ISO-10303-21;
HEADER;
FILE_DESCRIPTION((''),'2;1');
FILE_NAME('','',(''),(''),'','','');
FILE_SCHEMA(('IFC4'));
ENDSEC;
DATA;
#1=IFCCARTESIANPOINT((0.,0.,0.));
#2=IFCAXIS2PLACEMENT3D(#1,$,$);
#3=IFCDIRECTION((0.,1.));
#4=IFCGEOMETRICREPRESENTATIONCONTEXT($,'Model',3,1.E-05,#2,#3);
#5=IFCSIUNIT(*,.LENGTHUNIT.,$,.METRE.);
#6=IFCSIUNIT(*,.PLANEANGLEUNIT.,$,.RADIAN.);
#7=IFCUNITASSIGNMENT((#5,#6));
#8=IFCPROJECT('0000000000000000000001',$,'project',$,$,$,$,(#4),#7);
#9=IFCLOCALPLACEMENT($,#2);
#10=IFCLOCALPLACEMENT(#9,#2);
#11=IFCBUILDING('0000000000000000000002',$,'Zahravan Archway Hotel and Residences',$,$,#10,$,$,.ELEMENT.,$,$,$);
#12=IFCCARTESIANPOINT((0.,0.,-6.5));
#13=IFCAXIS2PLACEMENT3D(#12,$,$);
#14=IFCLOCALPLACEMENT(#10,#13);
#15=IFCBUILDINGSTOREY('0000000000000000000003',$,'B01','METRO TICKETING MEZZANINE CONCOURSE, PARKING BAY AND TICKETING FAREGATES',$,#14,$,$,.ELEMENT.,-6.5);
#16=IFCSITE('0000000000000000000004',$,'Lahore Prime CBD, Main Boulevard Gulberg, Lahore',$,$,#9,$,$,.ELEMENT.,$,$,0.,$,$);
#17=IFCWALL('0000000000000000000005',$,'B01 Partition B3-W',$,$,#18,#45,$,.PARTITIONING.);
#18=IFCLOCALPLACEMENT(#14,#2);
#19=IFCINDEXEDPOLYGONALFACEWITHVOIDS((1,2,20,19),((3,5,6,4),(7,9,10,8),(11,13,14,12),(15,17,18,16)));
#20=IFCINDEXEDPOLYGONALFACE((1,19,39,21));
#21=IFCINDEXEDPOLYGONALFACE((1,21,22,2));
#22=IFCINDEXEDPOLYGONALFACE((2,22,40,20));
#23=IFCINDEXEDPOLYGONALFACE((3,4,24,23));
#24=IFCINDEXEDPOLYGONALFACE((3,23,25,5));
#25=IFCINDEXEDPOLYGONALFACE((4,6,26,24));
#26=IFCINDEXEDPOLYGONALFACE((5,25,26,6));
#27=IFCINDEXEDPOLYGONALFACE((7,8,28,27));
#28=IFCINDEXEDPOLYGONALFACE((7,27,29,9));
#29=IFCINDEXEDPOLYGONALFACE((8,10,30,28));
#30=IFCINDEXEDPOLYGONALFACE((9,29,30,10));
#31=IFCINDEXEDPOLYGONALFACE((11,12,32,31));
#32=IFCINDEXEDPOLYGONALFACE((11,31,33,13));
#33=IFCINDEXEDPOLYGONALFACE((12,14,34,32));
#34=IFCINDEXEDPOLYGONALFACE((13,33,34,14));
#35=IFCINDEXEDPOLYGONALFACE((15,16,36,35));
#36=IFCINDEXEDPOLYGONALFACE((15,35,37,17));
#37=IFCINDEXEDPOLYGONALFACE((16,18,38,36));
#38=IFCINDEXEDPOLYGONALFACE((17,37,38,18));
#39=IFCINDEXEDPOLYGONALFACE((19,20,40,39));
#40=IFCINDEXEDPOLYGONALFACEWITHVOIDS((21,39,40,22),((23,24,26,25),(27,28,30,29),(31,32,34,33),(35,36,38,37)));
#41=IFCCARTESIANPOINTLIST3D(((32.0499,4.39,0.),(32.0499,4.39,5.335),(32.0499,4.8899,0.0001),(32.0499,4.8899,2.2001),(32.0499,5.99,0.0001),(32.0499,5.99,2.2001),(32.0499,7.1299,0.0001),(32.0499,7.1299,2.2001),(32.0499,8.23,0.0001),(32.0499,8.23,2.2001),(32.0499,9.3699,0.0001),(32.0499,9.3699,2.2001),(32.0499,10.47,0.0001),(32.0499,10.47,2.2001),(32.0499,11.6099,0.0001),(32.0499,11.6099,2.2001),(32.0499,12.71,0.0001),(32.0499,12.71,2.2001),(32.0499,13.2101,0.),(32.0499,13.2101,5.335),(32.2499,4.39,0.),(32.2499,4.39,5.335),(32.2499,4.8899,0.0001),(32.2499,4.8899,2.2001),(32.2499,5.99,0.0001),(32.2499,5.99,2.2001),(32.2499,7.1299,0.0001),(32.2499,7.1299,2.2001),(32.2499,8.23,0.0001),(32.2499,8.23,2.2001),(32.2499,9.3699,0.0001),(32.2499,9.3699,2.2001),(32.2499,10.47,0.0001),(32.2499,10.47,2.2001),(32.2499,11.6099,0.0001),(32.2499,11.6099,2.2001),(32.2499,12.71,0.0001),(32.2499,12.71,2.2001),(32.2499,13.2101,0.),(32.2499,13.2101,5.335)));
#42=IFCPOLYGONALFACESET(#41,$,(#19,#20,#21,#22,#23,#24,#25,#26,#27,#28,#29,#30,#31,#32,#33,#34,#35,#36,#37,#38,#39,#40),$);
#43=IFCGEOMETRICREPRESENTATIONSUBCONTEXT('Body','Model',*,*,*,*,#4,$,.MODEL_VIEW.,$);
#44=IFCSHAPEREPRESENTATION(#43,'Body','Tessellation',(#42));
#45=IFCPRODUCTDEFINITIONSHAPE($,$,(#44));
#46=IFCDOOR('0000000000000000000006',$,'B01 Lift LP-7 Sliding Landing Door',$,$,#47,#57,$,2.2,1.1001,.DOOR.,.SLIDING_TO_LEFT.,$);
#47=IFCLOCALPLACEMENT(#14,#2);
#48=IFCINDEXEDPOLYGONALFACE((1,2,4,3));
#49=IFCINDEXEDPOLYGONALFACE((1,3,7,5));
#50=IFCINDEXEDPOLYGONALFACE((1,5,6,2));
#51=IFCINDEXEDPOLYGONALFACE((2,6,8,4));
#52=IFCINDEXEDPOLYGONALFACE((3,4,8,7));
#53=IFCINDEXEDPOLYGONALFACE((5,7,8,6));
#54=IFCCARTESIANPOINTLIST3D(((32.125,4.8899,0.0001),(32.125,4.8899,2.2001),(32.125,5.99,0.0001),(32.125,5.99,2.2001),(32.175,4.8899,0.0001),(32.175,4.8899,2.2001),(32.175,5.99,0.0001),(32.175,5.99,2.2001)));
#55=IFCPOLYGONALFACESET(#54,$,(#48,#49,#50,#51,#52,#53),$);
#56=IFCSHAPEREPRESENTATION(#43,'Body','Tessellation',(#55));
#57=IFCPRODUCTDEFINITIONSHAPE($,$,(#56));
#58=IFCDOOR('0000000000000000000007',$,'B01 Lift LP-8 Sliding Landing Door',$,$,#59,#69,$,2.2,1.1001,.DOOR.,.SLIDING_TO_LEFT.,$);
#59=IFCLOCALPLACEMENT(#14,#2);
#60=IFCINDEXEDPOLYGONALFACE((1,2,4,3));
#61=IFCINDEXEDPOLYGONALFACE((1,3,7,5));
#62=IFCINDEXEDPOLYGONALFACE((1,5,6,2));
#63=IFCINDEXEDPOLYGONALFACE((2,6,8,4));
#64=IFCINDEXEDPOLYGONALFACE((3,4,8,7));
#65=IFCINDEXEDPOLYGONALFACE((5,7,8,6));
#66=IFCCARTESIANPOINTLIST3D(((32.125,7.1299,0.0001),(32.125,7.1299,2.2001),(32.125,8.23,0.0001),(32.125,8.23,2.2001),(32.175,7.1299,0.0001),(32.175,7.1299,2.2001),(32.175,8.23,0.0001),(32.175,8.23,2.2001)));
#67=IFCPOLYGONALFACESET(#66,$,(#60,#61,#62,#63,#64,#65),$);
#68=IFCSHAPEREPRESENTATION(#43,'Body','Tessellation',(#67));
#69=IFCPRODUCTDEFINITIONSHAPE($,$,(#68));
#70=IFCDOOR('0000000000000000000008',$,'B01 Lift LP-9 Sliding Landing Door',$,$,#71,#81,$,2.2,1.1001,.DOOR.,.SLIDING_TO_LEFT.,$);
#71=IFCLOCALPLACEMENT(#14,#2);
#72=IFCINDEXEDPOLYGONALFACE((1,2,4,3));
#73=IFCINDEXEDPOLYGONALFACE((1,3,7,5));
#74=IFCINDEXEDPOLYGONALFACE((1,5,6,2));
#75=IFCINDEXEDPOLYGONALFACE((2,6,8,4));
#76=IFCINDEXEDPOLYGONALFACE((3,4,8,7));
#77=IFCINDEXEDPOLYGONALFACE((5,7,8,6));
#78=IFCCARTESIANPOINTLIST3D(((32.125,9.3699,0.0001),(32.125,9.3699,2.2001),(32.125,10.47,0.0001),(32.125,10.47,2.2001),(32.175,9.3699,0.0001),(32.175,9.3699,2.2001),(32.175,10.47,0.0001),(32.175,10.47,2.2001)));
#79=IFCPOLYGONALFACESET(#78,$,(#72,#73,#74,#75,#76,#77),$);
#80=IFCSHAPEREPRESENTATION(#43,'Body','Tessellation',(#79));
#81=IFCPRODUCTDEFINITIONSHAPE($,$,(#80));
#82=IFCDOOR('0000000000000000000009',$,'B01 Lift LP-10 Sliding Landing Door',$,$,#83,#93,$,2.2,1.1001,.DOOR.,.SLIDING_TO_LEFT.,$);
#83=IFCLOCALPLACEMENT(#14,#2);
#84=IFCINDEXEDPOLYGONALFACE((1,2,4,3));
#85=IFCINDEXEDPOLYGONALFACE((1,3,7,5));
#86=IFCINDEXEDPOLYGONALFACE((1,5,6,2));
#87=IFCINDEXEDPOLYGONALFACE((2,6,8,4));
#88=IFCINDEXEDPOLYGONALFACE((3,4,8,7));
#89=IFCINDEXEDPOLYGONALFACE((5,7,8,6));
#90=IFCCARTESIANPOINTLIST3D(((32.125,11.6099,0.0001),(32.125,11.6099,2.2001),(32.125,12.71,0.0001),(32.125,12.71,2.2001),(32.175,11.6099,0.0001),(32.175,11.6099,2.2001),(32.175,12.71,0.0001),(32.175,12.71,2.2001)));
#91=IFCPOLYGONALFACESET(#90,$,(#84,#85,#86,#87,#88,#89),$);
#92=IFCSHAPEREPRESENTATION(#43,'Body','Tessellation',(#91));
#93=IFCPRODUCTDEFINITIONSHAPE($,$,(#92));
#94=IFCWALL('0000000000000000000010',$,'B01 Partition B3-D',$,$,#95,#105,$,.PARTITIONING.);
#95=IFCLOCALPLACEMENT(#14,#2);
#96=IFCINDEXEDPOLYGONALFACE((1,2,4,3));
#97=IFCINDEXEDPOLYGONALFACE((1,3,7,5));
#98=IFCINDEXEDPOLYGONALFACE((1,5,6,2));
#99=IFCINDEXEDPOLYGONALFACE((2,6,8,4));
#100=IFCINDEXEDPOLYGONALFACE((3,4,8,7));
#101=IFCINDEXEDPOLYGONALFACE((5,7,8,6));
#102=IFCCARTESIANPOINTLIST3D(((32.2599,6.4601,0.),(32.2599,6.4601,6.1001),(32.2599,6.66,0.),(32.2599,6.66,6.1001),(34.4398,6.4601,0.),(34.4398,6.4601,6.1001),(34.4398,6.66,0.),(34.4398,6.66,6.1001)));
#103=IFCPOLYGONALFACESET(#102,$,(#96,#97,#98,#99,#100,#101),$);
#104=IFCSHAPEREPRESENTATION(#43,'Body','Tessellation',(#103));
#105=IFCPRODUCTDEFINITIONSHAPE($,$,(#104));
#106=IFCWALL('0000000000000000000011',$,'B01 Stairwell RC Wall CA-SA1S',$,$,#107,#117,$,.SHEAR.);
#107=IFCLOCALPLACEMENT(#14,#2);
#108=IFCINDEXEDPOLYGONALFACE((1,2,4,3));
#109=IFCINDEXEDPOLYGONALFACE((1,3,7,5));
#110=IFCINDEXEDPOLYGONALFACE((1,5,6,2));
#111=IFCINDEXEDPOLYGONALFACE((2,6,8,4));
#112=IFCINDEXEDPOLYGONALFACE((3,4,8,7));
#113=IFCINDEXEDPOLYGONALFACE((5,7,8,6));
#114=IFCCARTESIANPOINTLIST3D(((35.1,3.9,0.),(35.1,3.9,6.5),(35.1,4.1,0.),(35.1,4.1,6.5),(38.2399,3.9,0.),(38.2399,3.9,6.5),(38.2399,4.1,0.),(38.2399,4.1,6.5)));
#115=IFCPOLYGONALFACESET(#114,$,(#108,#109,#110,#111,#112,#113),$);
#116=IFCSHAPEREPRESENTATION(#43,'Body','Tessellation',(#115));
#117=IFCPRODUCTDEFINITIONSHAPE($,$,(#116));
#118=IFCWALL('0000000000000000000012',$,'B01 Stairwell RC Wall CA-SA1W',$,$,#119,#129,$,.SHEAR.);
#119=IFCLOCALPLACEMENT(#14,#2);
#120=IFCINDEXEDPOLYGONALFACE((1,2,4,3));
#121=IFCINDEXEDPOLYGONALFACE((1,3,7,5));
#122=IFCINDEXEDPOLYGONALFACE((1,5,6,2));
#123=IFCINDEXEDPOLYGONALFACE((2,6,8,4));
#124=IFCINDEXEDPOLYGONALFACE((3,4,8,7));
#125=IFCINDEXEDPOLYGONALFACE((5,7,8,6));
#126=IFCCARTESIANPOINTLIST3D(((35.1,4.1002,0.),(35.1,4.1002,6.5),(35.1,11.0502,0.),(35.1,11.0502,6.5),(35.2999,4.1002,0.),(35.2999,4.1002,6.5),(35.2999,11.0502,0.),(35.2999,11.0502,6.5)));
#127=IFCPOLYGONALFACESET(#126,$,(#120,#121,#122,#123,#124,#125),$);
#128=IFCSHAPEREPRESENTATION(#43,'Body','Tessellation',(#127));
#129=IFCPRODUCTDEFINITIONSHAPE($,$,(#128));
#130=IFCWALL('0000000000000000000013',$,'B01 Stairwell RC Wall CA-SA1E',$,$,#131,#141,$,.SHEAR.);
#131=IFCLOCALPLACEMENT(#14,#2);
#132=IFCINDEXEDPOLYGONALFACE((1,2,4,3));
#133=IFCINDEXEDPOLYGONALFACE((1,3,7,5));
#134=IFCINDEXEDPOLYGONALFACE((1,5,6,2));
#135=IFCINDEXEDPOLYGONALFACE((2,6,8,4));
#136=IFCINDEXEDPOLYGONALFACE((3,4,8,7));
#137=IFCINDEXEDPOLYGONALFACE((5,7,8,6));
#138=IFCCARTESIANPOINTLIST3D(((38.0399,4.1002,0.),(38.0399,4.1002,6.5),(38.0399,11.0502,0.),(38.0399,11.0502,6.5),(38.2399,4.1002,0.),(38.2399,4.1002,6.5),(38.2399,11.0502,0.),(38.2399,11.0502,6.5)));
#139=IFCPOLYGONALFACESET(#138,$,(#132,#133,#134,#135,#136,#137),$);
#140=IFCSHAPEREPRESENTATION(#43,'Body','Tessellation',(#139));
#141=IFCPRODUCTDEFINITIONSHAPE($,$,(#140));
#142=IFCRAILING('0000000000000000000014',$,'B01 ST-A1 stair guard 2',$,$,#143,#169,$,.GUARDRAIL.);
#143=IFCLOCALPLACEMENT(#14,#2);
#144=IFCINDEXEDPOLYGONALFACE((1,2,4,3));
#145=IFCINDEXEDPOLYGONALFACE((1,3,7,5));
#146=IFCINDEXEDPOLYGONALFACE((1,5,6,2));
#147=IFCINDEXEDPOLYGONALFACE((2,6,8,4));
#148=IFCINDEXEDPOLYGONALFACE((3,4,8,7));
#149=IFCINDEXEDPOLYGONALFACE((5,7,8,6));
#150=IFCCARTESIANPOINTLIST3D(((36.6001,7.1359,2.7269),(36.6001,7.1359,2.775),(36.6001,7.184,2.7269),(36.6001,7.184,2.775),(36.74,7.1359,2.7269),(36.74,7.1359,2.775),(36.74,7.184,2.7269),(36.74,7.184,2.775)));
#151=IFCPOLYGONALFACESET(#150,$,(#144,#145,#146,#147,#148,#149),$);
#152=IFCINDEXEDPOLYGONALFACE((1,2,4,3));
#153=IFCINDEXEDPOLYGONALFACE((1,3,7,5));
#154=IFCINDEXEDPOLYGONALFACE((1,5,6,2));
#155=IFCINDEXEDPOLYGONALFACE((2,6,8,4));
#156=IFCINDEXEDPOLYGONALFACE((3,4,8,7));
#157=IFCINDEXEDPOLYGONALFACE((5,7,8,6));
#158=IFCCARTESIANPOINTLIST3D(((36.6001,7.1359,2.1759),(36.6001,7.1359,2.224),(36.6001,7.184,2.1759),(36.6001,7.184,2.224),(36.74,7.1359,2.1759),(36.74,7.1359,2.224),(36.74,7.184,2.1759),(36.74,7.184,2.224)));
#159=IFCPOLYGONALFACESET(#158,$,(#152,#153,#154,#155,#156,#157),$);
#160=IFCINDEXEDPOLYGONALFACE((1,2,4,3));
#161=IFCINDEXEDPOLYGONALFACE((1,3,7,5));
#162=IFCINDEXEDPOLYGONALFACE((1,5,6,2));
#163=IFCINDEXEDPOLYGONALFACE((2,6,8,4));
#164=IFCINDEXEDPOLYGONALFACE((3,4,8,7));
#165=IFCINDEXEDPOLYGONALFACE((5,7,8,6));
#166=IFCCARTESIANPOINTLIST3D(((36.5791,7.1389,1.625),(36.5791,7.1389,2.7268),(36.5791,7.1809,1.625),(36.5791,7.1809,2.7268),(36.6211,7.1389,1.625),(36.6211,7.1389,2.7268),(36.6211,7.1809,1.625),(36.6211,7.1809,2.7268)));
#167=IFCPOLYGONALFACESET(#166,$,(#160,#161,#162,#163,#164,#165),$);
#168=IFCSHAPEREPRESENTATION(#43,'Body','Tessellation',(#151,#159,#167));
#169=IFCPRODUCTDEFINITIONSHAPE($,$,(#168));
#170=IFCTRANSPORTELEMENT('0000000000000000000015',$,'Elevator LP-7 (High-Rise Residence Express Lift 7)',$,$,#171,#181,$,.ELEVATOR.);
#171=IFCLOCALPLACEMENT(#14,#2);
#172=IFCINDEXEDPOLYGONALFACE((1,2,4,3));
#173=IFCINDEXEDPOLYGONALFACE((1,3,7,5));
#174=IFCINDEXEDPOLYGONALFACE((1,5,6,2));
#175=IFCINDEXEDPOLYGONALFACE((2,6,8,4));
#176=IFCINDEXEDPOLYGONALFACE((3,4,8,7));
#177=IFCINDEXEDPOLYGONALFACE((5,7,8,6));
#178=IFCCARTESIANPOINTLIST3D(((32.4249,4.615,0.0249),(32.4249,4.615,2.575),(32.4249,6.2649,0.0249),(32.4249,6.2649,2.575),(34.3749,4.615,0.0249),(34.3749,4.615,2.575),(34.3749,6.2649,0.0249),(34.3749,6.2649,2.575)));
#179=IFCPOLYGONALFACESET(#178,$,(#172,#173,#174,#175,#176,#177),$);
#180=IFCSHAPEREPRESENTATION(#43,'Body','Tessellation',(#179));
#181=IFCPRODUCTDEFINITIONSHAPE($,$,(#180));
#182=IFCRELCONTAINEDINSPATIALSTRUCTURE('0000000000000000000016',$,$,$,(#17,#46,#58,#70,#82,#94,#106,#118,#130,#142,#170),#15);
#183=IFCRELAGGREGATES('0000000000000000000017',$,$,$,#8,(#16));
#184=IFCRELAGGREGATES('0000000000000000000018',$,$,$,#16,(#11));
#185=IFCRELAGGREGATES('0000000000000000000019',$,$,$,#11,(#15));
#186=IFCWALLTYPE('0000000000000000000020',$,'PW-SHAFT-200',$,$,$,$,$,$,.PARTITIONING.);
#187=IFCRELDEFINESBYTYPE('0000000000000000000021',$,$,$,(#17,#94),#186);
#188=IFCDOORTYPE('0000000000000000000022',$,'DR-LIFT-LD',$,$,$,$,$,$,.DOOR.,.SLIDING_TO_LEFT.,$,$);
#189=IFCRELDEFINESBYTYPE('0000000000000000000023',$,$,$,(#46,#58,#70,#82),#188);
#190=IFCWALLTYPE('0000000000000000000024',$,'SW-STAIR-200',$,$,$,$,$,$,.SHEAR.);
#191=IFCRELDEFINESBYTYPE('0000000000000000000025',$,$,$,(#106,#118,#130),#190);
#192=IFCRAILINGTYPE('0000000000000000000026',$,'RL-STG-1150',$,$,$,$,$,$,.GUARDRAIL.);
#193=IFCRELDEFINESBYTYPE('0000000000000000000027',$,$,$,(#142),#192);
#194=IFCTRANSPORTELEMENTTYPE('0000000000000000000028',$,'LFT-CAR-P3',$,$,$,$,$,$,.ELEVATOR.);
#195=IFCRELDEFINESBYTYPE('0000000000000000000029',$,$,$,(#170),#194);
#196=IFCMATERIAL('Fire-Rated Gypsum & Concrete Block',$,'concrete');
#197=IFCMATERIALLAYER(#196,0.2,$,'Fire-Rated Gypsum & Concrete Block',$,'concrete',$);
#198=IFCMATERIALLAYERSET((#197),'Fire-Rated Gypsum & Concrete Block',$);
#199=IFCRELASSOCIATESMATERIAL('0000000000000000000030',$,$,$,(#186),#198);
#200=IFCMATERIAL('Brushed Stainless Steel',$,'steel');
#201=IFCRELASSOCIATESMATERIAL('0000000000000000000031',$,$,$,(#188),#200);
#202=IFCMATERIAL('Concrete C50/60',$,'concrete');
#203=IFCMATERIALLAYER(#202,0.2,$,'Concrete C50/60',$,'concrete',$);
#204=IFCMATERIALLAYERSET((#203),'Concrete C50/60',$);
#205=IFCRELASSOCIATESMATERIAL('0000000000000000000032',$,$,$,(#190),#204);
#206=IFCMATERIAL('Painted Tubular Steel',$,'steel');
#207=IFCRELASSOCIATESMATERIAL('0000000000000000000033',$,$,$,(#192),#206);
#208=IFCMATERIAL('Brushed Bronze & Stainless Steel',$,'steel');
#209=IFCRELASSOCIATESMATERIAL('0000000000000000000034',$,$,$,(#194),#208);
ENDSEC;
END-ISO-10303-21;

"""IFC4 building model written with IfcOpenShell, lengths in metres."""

from ifc_helpers import new_model, si_unit, direction, frame, frame_2d, origin, origin_2d, place, context, subcontext, project, spatial, rectangle, extrude, source, transform, mapped, material, layer, layer_set, type_object, type_shapes, element, fill, save


model = new_model("IFC4")

# Units and contexts
model_context = context("Model", 3, precision=1e-05, world=origin(), true_north=direction((0.0, 1.0)))
body_context = subcontext(model_context, "Body", "Model", "MODEL_VIEW")
ifc_project = project(units=[si_unit("LENGTHUNIT", "METRE"), si_unit("PLANEANGLEUNIT", "RADIAN")], contexts=[model_context])

# Site, building, storey
site_placement = place(None, origin())
site = spatial("IfcSite", under=ifc_project, at=site_placement, Name="Lahore Prime CBD, Main Boulevard Gulberg, Lahore", CompositionType="ELEMENT", RefElevation=0.0)
building_placement = place(site_placement, origin())
building = spatial("IfcBuilding", under=site, at=building_placement, Name="Zahravan Archway Hotel and Residences", CompositionType="ELEMENT")
storey_placement = place(building_placement, frame((0.0, 0.0, -6.5)))
storey = spatial("IfcBuildingStorey", under=building, at=storey_placement, Name="B01", Description="METRO TICKETING MEZZANINE CONCOURSE, PARKING BAY AND TICKETING FAREGATES", CompositionType="ELEMENT", Elevation=-6.5)

# Shared definitions
ifc_material_1 = material(Name="Concrete C50/60", Category="concrete")

# Shared definitions
ifc_material_2 = material(Name="Fire-Rated Gypsum & Concrete Block", Category="concrete")
ifc_layer_1 = layer(ifc_material_2, 0.2, Name="Fire-Rated Gypsum & Concrete Block", Category="concrete")
ifc_layer_set_1 = layer_set([ifc_layer_1], Name="Fire-Rated Gypsum & Concrete Block")
wall_type_1 = type_object("IfcWallType", Name="PW-SHAFT-200", PredefinedType="PARTITIONING", material=ifc_layer_set_1)

# Wall, openings, doors
wall_1_placement = place(storey_placement, frame((32.1499, 4.3899, 0.0), z_axis=(0.0, 0.0, 1.0), x_axis=(0.0, 1.0, 0.0)))
wall_1 = element("IfcWall", 1, at=wall_1_placement, inside=storey, type_object=wall_type_1, Name="B01 Partition B3-W", PredefinedType="PARTITIONING", context=body_context, shape_type="SweptSolid", body=[
    extrude(rectangle(XDim=8.8201, YDim=0.2, at=frame_2d((4.4102, 0.0))), origin(), (0.0, 0.0, 1.0), 5.335),
])
opening_1_placement = place(wall_1_placement, frame((0.5, 0.0, 0.0)))
opening_1 = element("IfcOpeningElement", 2, at=opening_1_placement, cuts=wall_1, PredefinedType="OPENING", context=body_context, shape_type="SweptSolid", body=[
    extrude(rectangle(XDim=1.1001, YDim=2.2, at=frame_2d((0.55, 1.1001))), frame((0.0, 0.1099, 0.0), z_axis=(0.0, -1.0, 0.0), x_axis=(1.0, 0.0, 0.0)), (0.0, 0.0, 1.0), 0.22),
])
opening_2_placement = place(wall_1_placement, frame((2.74, 0.0, 0.0)))
opening_2 = element("IfcOpeningElement", 3, at=opening_2_placement, cuts=wall_1, PredefinedType="OPENING", context=body_context, shape_type="SweptSolid", body=[
    extrude(rectangle(XDim=1.1001, YDim=2.2, at=frame_2d((0.55, 1.1001))), frame((0.0, 0.1099, 0.0), z_axis=(0.0, -1.0, 0.0), x_axis=(1.0, 0.0, 0.0)), (0.0, 0.0, 1.0), 0.22),
])
opening_3_placement = place(wall_1_placement, frame((4.98, 0.0, 0.0)))
opening_3 = element("IfcOpeningElement", 4, at=opening_3_placement, cuts=wall_1, PredefinedType="OPENING", context=body_context, shape_type="SweptSolid", body=[
    extrude(rectangle(XDim=1.1001, YDim=2.2, at=frame_2d((0.55, 1.1001))), frame((0.0, 0.1099, 0.0), z_axis=(0.0, -1.0, 0.0), x_axis=(1.0, 0.0, 0.0)), (0.0, 0.0, 1.0), 0.22),
])
opening_4_placement = place(wall_1_placement, frame((7.22, 0.0, 0.0)))
opening_4 = element("IfcOpeningElement", 5, at=opening_4_placement, cuts=wall_1, PredefinedType="OPENING", context=body_context, shape_type="SweptSolid", body=[
    extrude(rectangle(XDim=1.1001, YDim=2.2, at=frame_2d((0.55, 1.1001))), frame((0.0, 0.1099, 0.0), z_axis=(0.0, -1.0, 0.0), x_axis=(1.0, 0.0, 0.0)), (0.0, 0.0, 1.0), 0.22),
])
ifc_material_3 = material(Name="Brushed Stainless Steel", Category="steel")
door_type_1 = type_object("IfcDoorType", Name="DR-LIFT-LD", OperationType="SLIDING_TO_LEFT", PredefinedType="DOOR", material=ifc_material_3)
shared_shape_1 = source(origin(), body_context, "Body", "SweptSolid", [
    extrude(rectangle(XDim=1.1001, YDim=2.2, at=frame_2d((0.55, 1.1001))), frame((0.0, 0.0249, 0.0), z_axis=(0.0, -1.0, 0.0), x_axis=(1.0, 0.0, 0.0)), (0.0, 0.0, 1.0), 0.05),
])
type_shapes(door_type_1, [shared_shape_1])
door_1_placement = place(opening_1_placement, origin())
door_1 = element("IfcDoor", 6, at=door_1_placement, inside=storey, type_object=door_type_1, Name="B01 Lift LP-7 Sliding Landing Door", OperationType="SLIDING_TO_LEFT", OverallHeight=2.2, OverallWidth=1.1001, PredefinedType="DOOR", context=body_context, shape_type="MappedRepresentation", body=[
    mapped(shared_shape_1, transform((0.0, 0.0, 0.0), scale=1.0)),
])
fill(opening_1, door_1)
door_2_placement = place(opening_2_placement, origin())
door_2 = element("IfcDoor", 7, at=door_2_placement, inside=storey, type_object=door_type_1, Name="B01 Lift LP-8 Sliding Landing Door", OperationType="SLIDING_TO_LEFT", OverallHeight=2.2, OverallWidth=1.1001, PredefinedType="DOOR", context=body_context, shape_type="MappedRepresentation", body=[
    mapped(shared_shape_1, transform((0.0, 0.0, 0.0), scale=1.0)),
])
fill(opening_2, door_2)
door_3_placement = place(opening_3_placement, origin())
door_3 = element("IfcDoor", 8, at=door_3_placement, inside=storey, type_object=door_type_1, Name="B01 Lift LP-9 Sliding Landing Door", OperationType="SLIDING_TO_LEFT", OverallHeight=2.2, OverallWidth=1.1001, PredefinedType="DOOR", context=body_context, shape_type="MappedRepresentation", body=[
    mapped(shared_shape_1, transform((0.0, 0.0, 0.0), scale=1.0)),
])
fill(opening_3, door_3)
door_4_placement = place(opening_4_placement, origin())
door_4 = element("IfcDoor", 9, at=door_4_placement, inside=storey, type_object=door_type_1, Name="B01 Lift LP-10 Sliding Landing Door", OperationType="SLIDING_TO_LEFT", OverallHeight=2.2, OverallWidth=1.1001, PredefinedType="DOOR", context=body_context, shape_type="MappedRepresentation", body=[
    mapped(shared_shape_1, transform((0.0, 0.0, 0.0), scale=1.0)),
])
fill(opening_4, door_4)

# Walls
wall_2_placement = place(storey_placement, frame((32.26, 6.5601, 0.0), z_axis=(0.0, 0.0, 1.0), x_axis=(1.0, 0.0, 0.0)))
element("IfcWall", 10, at=wall_2_placement, inside=storey, type_object=wall_type_1, Name="B01 Partition B3-D", PredefinedType="PARTITIONING", context=body_context, shape_type="SweptSolid", body=[
    extrude(rectangle(XDim=2.1799, YDim=0.2, at=frame_2d((1.0898, 0.0))), origin(), (0.0, 0.0, 1.0), 6.1001),
])
ifc_layer_2 = layer(ifc_material_1, 0.2, Name="Concrete C50/60", Category="concrete")
ifc_layer_set_2 = layer_set([ifc_layer_2], Name="Concrete C50/60")
wall_type_2 = type_object("IfcWallType", Name="SW-STAIR-200", PredefinedType="SHEAR", material=ifc_layer_set_2)
wall_3_placement = place(storey_placement, frame((35.1001, 4.0, 0.0), z_axis=(0.0, 0.0, 1.0), x_axis=(1.0, 0.0, 0.0)))
element("IfcWall", 11, at=wall_3_placement, inside=storey, type_object=wall_type_2, Name="B01 Stairwell RC Wall CA-SA1S", PredefinedType="SHEAR", context=body_context, shape_type="SweptSolid", body=[
    extrude(rectangle(XDim=3.1399, YDim=0.2, at=frame_2d((1.5698, 0.0))), origin(), (0.0, 0.0, 1.0), 6.5),
])
for number, where, z_axis, x_axis, name in (
    (12, (35.2, 4.1001, 0.0), (0.0, 0.0, 1.0), (0.0, 1.0, 0.0), "B01 Stairwell RC Wall CA-SA1W"),
    (13, (38.1399, 4.1001, 0.0), (0.0, 0.0, 1.0), (0.0, 1.0, 0.0), "B01 Stairwell RC Wall CA-SA1E"),
):
    element("IfcWall", number, at=place(storey_placement, frame(where, z_axis=z_axis, x_axis=x_axis)), inside=storey, type_object=wall_type_2, Name=name, PredefinedType="SHEAR", context=body_context, shape_type="SweptSolid", body=[
        extrude(rectangle(XDim=6.95, YDim=0.2, at=frame_2d((3.4751, 0.0))), origin(), (0.0, 0.0, 1.0), 6.5),
    ])

# Railing
ifc_material_4 = material(Name="Painted Tubular Steel", Category="steel")
railing_type = type_object("IfcRailingType", Name="RL-STG-1150", PredefinedType="GUARDRAIL", material=ifc_material_4)
railing_placement = place(storey_placement, frame((36.6001, 7.1599, 1.625)))
element("IfcRailing", 14, at=railing_placement, inside=storey, type_object=railing_type, Name="B01 ST-A1 stair guard 2", PredefinedType="GUARDRAIL", context=body_context, shape_type="SweptSolid", body=[
    extrude(rectangle(XDim=0.0481, YDim=0.0481, at=origin_2d()), frame((0.0, 0.0, 1.126), z_axis=(1.0, 0.0, 0.0), x_axis=(0.0, 1.0, 0.0)), (0.0, 0.0, 1.0), 0.1399),
    extrude(rectangle(XDim=0.0481, YDim=0.0481, at=origin_2d()), frame((0.0, 0.0, 0.575), z_axis=(1.0, 0.0, 0.0), x_axis=(0.0, 1.0, 0.0)), (0.0, 0.0, 1.0), 0.1399),
    extrude(rectangle(XDim=0.042, YDim=0.042, at=origin_2d()), origin(), (0.0, 0.0, 1.0), 1.1018),
])

# Transport element
ifc_material_5 = material(Name="Brushed Bronze & Stainless Steel", Category="steel")
transport_element_type = type_object("IfcTransportElementType", Name="LFT-CAR-P3", PredefinedType="ELEVATOR", material=ifc_material_5)
shared_shape_2 = source(origin(), body_context, "Body", "SweptSolid", [
    extrude(rectangle(XDim=1.95, YDim=1.6499, at=origin_2d()), origin(), (0.0, 0.0, 1.0), 2.55),
])
type_shapes(transport_element_type, [shared_shape_2])
transport_element_placement = place(storey_placement, frame((33.3999, 5.4399, 0.0249), z_axis=(0.0, 0.0, 1.0), x_axis=(1.0, 0.0, 0.0)))
element("IfcTransportElement", 15, at=transport_element_placement, inside=storey, type_object=transport_element_type, Name="Elevator LP-7 (High-Rise Residence Express Lift 7)", PredefinedType="ELEVATOR", context=body_context, shape_type="MappedRepresentation", body=[
    mapped(shared_shape_2, transform((0.0, 0.0, 0.0), scale=1.0)),
])

save(model, "model.ifc")
